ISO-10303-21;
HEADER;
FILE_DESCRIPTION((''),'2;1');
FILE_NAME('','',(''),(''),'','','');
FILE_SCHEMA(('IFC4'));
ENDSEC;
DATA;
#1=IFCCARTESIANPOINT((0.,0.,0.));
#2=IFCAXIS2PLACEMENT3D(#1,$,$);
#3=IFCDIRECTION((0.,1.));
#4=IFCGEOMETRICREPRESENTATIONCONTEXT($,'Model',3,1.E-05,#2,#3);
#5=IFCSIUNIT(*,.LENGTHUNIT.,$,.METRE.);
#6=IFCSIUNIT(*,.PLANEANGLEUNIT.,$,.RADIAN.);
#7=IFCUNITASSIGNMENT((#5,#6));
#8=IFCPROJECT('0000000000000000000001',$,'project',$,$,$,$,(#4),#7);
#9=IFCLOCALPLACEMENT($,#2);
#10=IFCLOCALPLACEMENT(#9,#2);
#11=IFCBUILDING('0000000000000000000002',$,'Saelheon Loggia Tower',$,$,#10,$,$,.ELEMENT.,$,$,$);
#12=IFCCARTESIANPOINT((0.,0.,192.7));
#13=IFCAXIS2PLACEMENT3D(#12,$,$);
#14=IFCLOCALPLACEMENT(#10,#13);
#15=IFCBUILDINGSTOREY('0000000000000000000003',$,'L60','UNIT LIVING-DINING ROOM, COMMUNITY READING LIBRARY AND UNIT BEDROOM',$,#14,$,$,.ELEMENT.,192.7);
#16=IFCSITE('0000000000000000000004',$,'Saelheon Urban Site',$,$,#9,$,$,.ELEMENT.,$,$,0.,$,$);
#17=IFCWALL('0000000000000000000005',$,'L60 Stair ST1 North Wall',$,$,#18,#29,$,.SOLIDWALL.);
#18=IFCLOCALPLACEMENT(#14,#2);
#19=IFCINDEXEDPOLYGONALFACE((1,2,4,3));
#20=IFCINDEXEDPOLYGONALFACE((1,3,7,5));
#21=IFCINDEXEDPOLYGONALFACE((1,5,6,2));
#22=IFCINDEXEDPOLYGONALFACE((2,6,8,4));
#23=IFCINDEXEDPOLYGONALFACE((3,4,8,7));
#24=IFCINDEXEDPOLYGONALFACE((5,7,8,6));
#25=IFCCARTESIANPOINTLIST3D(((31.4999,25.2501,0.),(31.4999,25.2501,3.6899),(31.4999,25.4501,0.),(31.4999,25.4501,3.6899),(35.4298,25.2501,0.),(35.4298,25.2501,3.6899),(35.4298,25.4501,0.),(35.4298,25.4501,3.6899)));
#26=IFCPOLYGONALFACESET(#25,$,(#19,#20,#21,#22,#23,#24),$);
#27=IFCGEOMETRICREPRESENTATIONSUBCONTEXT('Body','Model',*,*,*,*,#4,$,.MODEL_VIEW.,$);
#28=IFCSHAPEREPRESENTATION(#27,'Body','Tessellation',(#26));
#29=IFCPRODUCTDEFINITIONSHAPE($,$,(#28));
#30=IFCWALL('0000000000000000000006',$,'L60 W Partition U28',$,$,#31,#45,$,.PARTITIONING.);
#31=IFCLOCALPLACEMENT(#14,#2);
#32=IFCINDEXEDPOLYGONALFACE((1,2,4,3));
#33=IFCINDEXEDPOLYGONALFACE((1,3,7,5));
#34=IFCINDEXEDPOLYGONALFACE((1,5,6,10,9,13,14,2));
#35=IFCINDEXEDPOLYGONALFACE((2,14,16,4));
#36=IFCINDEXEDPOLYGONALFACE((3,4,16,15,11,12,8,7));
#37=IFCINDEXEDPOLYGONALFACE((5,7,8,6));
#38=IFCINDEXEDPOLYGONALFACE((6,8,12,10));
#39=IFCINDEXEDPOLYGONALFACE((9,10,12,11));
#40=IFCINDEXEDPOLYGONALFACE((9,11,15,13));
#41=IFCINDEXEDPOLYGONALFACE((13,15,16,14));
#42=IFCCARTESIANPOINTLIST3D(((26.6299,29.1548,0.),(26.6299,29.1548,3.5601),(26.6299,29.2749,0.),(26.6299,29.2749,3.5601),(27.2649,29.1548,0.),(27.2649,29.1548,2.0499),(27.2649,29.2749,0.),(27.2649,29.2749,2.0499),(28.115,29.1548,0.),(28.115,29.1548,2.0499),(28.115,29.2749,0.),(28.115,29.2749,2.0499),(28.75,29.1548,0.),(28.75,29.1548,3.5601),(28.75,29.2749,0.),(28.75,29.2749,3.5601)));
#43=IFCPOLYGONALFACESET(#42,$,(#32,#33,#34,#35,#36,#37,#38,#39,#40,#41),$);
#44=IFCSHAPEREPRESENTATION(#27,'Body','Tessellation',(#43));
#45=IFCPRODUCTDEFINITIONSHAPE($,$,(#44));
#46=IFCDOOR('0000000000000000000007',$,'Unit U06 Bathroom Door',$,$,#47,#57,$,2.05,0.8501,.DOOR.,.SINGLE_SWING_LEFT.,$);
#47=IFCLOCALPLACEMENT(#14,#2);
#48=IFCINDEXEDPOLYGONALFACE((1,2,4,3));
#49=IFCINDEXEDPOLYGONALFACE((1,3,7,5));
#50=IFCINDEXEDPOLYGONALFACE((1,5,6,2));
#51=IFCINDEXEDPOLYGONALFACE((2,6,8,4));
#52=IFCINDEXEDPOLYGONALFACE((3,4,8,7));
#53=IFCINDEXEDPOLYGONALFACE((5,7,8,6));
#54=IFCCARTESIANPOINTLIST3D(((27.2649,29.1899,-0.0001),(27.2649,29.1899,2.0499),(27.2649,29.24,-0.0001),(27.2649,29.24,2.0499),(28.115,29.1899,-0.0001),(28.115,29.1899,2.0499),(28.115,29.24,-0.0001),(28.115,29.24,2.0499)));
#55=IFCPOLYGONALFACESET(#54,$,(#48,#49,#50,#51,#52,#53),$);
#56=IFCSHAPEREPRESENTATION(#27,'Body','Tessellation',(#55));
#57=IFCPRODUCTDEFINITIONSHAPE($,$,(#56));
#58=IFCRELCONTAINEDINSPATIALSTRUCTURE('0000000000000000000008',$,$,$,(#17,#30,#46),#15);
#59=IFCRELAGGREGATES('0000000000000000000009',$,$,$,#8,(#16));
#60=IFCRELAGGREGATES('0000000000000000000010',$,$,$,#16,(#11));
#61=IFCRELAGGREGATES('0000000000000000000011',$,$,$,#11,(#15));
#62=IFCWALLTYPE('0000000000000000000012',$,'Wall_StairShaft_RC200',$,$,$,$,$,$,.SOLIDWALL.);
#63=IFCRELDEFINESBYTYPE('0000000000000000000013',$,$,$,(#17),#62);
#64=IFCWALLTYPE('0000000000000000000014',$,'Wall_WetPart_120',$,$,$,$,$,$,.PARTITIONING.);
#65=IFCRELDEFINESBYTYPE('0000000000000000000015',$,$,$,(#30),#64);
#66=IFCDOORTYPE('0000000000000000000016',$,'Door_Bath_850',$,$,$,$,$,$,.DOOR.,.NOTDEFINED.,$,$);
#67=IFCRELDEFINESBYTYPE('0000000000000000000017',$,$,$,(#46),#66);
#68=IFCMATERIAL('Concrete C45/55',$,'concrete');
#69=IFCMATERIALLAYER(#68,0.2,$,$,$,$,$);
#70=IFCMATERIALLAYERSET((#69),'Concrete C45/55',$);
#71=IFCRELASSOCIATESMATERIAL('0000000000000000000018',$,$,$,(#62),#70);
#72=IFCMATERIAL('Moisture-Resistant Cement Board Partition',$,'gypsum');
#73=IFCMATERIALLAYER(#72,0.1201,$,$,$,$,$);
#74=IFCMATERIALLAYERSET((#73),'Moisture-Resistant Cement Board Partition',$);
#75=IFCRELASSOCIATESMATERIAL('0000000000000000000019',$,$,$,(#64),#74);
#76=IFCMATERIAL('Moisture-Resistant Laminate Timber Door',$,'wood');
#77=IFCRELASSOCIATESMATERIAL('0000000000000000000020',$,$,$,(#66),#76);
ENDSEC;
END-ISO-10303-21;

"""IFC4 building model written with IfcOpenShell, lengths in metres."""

from ifc_helpers import new_model, si_unit, direction, frame, frame_2d, origin, place, context, subcontext, project, spatial, rectangle, extrude, source, transform, mapped, material, layer, layer_set, type_object, element, fill, save


model = new_model("IFC4")

# Units and contexts
model_context = context("Model", 3, precision=1e-05, world=origin(), true_north=direction((0.0, 1.0)))
body_context = subcontext(model_context, "Body", "Model", "MODEL_VIEW")
ifc_project = project(units=[si_unit("LENGTHUNIT", "METRE"), si_unit("PLANEANGLEUNIT", "RADIAN")], contexts=[model_context])

# Site, building, storey
site_placement = place(None, origin())
site = spatial("IfcSite", under=ifc_project, at=site_placement, Name="Saelheon Urban Site", CompositionType="ELEMENT", RefElevation=0.0)
building_placement = place(site_placement, origin())
building = spatial("IfcBuilding", under=site, at=building_placement, Name="Saelheon Loggia Tower", CompositionType="ELEMENT")
storey_placement = place(building_placement, frame((0.0, 0.0, 192.7)))
storey = spatial("IfcBuildingStorey", under=building, at=storey_placement, Name="L60", Description="UNIT LIVING-DINING ROOM, COMMUNITY READING LIBRARY AND UNIT BEDROOM", CompositionType="ELEMENT", Elevation=192.7)

# Shared definitions
ifc_material_1 = material(Name="Concrete C45/55", Category="concrete")

# Wall
ifc_layer_1 = layer(ifc_material_1, 0.2)
ifc_layer_set_1 = layer_set([ifc_layer_1], Name="Concrete C45/55")
wall_type_1 = type_object("IfcWallType", Name="Wall_StairShaft_RC200", PredefinedType="SOLIDWALL", material=ifc_layer_set_1)
wall_1_placement = place(storey_placement, frame((31.5, 25.3501, 0.0), z_axis=(0.0, 0.0, 1.0), x_axis=(1.0, 0.0, 0.0)))
element("IfcWall", 1, at=wall_1_placement, inside=storey, type_object=wall_type_1, Name="L60 Stair ST1 North Wall", PredefinedType="SOLIDWALL", context=body_context, shape_type="SweptSolid", body=[
    extrude(rectangle(XDim=3.9299, YDim=0.2, at=frame_2d((1.9648, 0.0))), origin(), (0.0, 0.0, 1.0), 3.6899),
])

# Wall, opening, door
ifc_material_2 = material(Name="Moisture-Resistant Cement Board Partition", Category="gypsum")
ifc_layer_2 = layer(ifc_material_2, 0.1201)
ifc_layer_set_2 = layer_set([ifc_layer_2], Name="Moisture-Resistant Cement Board Partition")
wall_type_2 = type_object("IfcWallType", Name="Wall_WetPart_120", PredefinedType="PARTITIONING", material=ifc_layer_set_2)
wall_2_placement = place(storey_placement, frame((28.75, 29.2148, 0.0), z_axis=(0.0, 0.0, 1.0), x_axis=(-1.0, 0.0, 0.0)))
wall_2 = element("IfcWall", 2, at=wall_2_placement, inside=storey, type_object=wall_type_2, Name="L60 W Partition U28", PredefinedType="PARTITIONING", context=body_context, shape_type="SweptSolid", body=[
    extrude(rectangle(XDim=2.1201, YDim=0.1201, at=frame_2d((1.0601, 0.0))), origin(), (0.0, 0.0, 1.0), 3.5601),
])
opening_1_placement = place(wall_2_placement, frame((0.635, 0.0, 0.0)))
opening_1 = element("IfcOpeningElement", 3, at=opening_1_placement, cuts=wall_2, PredefinedType="OPENING", context=body_context, shape_type="SweptSolid", body=[
    extrude(rectangle(XDim=0.8501, YDim=2.05, at=frame_2d((0.425, 1.0249))), frame((0.0, 0.072, 0.0), z_axis=(0.0, -1.0, 0.0), x_axis=(1.0, 0.0, 0.0)), (0.0, 0.0, 1.0), 0.144),
])
ifc_material_3 = material(Name="Moisture-Resistant Laminate Timber Door", Category="wood")
door_type_1 = type_object("IfcDoorType", Name="Door_Bath_850", OperationType="NOTDEFINED", PredefinedType="DOOR", material=ifc_material_3)
shared_shape_1 = source(origin(), body_context, "Body", "SweptSolid", [
    extrude(rectangle(XDim=0.8501, YDim=2.05, at=frame_2d((0.425, 1.0249))), frame((0.0, 0.0249, 0.0), z_axis=(0.0, -1.0, 0.0), x_axis=(1.0, 0.0, 0.0)), (0.0, 0.0, 1.0), 0.05),
])
door_1_placement = place(opening_1_placement, origin())
door_1 = element("IfcDoor", 4, at=door_1_placement, inside=storey, type_object=door_type_1, Name="Unit U06 Bathroom Door", OperationType="SINGLE_SWING_LEFT", OverallHeight=2.05, OverallWidth=0.8501, PredefinedType="DOOR", context=body_context, shape_type="MappedRepresentation", body=[
    mapped(shared_shape_1, transform((0.0, 0.0, 0.0), scale=1.0)),
])
fill(opening_1, door_1)

save(model, "model.ifc")
